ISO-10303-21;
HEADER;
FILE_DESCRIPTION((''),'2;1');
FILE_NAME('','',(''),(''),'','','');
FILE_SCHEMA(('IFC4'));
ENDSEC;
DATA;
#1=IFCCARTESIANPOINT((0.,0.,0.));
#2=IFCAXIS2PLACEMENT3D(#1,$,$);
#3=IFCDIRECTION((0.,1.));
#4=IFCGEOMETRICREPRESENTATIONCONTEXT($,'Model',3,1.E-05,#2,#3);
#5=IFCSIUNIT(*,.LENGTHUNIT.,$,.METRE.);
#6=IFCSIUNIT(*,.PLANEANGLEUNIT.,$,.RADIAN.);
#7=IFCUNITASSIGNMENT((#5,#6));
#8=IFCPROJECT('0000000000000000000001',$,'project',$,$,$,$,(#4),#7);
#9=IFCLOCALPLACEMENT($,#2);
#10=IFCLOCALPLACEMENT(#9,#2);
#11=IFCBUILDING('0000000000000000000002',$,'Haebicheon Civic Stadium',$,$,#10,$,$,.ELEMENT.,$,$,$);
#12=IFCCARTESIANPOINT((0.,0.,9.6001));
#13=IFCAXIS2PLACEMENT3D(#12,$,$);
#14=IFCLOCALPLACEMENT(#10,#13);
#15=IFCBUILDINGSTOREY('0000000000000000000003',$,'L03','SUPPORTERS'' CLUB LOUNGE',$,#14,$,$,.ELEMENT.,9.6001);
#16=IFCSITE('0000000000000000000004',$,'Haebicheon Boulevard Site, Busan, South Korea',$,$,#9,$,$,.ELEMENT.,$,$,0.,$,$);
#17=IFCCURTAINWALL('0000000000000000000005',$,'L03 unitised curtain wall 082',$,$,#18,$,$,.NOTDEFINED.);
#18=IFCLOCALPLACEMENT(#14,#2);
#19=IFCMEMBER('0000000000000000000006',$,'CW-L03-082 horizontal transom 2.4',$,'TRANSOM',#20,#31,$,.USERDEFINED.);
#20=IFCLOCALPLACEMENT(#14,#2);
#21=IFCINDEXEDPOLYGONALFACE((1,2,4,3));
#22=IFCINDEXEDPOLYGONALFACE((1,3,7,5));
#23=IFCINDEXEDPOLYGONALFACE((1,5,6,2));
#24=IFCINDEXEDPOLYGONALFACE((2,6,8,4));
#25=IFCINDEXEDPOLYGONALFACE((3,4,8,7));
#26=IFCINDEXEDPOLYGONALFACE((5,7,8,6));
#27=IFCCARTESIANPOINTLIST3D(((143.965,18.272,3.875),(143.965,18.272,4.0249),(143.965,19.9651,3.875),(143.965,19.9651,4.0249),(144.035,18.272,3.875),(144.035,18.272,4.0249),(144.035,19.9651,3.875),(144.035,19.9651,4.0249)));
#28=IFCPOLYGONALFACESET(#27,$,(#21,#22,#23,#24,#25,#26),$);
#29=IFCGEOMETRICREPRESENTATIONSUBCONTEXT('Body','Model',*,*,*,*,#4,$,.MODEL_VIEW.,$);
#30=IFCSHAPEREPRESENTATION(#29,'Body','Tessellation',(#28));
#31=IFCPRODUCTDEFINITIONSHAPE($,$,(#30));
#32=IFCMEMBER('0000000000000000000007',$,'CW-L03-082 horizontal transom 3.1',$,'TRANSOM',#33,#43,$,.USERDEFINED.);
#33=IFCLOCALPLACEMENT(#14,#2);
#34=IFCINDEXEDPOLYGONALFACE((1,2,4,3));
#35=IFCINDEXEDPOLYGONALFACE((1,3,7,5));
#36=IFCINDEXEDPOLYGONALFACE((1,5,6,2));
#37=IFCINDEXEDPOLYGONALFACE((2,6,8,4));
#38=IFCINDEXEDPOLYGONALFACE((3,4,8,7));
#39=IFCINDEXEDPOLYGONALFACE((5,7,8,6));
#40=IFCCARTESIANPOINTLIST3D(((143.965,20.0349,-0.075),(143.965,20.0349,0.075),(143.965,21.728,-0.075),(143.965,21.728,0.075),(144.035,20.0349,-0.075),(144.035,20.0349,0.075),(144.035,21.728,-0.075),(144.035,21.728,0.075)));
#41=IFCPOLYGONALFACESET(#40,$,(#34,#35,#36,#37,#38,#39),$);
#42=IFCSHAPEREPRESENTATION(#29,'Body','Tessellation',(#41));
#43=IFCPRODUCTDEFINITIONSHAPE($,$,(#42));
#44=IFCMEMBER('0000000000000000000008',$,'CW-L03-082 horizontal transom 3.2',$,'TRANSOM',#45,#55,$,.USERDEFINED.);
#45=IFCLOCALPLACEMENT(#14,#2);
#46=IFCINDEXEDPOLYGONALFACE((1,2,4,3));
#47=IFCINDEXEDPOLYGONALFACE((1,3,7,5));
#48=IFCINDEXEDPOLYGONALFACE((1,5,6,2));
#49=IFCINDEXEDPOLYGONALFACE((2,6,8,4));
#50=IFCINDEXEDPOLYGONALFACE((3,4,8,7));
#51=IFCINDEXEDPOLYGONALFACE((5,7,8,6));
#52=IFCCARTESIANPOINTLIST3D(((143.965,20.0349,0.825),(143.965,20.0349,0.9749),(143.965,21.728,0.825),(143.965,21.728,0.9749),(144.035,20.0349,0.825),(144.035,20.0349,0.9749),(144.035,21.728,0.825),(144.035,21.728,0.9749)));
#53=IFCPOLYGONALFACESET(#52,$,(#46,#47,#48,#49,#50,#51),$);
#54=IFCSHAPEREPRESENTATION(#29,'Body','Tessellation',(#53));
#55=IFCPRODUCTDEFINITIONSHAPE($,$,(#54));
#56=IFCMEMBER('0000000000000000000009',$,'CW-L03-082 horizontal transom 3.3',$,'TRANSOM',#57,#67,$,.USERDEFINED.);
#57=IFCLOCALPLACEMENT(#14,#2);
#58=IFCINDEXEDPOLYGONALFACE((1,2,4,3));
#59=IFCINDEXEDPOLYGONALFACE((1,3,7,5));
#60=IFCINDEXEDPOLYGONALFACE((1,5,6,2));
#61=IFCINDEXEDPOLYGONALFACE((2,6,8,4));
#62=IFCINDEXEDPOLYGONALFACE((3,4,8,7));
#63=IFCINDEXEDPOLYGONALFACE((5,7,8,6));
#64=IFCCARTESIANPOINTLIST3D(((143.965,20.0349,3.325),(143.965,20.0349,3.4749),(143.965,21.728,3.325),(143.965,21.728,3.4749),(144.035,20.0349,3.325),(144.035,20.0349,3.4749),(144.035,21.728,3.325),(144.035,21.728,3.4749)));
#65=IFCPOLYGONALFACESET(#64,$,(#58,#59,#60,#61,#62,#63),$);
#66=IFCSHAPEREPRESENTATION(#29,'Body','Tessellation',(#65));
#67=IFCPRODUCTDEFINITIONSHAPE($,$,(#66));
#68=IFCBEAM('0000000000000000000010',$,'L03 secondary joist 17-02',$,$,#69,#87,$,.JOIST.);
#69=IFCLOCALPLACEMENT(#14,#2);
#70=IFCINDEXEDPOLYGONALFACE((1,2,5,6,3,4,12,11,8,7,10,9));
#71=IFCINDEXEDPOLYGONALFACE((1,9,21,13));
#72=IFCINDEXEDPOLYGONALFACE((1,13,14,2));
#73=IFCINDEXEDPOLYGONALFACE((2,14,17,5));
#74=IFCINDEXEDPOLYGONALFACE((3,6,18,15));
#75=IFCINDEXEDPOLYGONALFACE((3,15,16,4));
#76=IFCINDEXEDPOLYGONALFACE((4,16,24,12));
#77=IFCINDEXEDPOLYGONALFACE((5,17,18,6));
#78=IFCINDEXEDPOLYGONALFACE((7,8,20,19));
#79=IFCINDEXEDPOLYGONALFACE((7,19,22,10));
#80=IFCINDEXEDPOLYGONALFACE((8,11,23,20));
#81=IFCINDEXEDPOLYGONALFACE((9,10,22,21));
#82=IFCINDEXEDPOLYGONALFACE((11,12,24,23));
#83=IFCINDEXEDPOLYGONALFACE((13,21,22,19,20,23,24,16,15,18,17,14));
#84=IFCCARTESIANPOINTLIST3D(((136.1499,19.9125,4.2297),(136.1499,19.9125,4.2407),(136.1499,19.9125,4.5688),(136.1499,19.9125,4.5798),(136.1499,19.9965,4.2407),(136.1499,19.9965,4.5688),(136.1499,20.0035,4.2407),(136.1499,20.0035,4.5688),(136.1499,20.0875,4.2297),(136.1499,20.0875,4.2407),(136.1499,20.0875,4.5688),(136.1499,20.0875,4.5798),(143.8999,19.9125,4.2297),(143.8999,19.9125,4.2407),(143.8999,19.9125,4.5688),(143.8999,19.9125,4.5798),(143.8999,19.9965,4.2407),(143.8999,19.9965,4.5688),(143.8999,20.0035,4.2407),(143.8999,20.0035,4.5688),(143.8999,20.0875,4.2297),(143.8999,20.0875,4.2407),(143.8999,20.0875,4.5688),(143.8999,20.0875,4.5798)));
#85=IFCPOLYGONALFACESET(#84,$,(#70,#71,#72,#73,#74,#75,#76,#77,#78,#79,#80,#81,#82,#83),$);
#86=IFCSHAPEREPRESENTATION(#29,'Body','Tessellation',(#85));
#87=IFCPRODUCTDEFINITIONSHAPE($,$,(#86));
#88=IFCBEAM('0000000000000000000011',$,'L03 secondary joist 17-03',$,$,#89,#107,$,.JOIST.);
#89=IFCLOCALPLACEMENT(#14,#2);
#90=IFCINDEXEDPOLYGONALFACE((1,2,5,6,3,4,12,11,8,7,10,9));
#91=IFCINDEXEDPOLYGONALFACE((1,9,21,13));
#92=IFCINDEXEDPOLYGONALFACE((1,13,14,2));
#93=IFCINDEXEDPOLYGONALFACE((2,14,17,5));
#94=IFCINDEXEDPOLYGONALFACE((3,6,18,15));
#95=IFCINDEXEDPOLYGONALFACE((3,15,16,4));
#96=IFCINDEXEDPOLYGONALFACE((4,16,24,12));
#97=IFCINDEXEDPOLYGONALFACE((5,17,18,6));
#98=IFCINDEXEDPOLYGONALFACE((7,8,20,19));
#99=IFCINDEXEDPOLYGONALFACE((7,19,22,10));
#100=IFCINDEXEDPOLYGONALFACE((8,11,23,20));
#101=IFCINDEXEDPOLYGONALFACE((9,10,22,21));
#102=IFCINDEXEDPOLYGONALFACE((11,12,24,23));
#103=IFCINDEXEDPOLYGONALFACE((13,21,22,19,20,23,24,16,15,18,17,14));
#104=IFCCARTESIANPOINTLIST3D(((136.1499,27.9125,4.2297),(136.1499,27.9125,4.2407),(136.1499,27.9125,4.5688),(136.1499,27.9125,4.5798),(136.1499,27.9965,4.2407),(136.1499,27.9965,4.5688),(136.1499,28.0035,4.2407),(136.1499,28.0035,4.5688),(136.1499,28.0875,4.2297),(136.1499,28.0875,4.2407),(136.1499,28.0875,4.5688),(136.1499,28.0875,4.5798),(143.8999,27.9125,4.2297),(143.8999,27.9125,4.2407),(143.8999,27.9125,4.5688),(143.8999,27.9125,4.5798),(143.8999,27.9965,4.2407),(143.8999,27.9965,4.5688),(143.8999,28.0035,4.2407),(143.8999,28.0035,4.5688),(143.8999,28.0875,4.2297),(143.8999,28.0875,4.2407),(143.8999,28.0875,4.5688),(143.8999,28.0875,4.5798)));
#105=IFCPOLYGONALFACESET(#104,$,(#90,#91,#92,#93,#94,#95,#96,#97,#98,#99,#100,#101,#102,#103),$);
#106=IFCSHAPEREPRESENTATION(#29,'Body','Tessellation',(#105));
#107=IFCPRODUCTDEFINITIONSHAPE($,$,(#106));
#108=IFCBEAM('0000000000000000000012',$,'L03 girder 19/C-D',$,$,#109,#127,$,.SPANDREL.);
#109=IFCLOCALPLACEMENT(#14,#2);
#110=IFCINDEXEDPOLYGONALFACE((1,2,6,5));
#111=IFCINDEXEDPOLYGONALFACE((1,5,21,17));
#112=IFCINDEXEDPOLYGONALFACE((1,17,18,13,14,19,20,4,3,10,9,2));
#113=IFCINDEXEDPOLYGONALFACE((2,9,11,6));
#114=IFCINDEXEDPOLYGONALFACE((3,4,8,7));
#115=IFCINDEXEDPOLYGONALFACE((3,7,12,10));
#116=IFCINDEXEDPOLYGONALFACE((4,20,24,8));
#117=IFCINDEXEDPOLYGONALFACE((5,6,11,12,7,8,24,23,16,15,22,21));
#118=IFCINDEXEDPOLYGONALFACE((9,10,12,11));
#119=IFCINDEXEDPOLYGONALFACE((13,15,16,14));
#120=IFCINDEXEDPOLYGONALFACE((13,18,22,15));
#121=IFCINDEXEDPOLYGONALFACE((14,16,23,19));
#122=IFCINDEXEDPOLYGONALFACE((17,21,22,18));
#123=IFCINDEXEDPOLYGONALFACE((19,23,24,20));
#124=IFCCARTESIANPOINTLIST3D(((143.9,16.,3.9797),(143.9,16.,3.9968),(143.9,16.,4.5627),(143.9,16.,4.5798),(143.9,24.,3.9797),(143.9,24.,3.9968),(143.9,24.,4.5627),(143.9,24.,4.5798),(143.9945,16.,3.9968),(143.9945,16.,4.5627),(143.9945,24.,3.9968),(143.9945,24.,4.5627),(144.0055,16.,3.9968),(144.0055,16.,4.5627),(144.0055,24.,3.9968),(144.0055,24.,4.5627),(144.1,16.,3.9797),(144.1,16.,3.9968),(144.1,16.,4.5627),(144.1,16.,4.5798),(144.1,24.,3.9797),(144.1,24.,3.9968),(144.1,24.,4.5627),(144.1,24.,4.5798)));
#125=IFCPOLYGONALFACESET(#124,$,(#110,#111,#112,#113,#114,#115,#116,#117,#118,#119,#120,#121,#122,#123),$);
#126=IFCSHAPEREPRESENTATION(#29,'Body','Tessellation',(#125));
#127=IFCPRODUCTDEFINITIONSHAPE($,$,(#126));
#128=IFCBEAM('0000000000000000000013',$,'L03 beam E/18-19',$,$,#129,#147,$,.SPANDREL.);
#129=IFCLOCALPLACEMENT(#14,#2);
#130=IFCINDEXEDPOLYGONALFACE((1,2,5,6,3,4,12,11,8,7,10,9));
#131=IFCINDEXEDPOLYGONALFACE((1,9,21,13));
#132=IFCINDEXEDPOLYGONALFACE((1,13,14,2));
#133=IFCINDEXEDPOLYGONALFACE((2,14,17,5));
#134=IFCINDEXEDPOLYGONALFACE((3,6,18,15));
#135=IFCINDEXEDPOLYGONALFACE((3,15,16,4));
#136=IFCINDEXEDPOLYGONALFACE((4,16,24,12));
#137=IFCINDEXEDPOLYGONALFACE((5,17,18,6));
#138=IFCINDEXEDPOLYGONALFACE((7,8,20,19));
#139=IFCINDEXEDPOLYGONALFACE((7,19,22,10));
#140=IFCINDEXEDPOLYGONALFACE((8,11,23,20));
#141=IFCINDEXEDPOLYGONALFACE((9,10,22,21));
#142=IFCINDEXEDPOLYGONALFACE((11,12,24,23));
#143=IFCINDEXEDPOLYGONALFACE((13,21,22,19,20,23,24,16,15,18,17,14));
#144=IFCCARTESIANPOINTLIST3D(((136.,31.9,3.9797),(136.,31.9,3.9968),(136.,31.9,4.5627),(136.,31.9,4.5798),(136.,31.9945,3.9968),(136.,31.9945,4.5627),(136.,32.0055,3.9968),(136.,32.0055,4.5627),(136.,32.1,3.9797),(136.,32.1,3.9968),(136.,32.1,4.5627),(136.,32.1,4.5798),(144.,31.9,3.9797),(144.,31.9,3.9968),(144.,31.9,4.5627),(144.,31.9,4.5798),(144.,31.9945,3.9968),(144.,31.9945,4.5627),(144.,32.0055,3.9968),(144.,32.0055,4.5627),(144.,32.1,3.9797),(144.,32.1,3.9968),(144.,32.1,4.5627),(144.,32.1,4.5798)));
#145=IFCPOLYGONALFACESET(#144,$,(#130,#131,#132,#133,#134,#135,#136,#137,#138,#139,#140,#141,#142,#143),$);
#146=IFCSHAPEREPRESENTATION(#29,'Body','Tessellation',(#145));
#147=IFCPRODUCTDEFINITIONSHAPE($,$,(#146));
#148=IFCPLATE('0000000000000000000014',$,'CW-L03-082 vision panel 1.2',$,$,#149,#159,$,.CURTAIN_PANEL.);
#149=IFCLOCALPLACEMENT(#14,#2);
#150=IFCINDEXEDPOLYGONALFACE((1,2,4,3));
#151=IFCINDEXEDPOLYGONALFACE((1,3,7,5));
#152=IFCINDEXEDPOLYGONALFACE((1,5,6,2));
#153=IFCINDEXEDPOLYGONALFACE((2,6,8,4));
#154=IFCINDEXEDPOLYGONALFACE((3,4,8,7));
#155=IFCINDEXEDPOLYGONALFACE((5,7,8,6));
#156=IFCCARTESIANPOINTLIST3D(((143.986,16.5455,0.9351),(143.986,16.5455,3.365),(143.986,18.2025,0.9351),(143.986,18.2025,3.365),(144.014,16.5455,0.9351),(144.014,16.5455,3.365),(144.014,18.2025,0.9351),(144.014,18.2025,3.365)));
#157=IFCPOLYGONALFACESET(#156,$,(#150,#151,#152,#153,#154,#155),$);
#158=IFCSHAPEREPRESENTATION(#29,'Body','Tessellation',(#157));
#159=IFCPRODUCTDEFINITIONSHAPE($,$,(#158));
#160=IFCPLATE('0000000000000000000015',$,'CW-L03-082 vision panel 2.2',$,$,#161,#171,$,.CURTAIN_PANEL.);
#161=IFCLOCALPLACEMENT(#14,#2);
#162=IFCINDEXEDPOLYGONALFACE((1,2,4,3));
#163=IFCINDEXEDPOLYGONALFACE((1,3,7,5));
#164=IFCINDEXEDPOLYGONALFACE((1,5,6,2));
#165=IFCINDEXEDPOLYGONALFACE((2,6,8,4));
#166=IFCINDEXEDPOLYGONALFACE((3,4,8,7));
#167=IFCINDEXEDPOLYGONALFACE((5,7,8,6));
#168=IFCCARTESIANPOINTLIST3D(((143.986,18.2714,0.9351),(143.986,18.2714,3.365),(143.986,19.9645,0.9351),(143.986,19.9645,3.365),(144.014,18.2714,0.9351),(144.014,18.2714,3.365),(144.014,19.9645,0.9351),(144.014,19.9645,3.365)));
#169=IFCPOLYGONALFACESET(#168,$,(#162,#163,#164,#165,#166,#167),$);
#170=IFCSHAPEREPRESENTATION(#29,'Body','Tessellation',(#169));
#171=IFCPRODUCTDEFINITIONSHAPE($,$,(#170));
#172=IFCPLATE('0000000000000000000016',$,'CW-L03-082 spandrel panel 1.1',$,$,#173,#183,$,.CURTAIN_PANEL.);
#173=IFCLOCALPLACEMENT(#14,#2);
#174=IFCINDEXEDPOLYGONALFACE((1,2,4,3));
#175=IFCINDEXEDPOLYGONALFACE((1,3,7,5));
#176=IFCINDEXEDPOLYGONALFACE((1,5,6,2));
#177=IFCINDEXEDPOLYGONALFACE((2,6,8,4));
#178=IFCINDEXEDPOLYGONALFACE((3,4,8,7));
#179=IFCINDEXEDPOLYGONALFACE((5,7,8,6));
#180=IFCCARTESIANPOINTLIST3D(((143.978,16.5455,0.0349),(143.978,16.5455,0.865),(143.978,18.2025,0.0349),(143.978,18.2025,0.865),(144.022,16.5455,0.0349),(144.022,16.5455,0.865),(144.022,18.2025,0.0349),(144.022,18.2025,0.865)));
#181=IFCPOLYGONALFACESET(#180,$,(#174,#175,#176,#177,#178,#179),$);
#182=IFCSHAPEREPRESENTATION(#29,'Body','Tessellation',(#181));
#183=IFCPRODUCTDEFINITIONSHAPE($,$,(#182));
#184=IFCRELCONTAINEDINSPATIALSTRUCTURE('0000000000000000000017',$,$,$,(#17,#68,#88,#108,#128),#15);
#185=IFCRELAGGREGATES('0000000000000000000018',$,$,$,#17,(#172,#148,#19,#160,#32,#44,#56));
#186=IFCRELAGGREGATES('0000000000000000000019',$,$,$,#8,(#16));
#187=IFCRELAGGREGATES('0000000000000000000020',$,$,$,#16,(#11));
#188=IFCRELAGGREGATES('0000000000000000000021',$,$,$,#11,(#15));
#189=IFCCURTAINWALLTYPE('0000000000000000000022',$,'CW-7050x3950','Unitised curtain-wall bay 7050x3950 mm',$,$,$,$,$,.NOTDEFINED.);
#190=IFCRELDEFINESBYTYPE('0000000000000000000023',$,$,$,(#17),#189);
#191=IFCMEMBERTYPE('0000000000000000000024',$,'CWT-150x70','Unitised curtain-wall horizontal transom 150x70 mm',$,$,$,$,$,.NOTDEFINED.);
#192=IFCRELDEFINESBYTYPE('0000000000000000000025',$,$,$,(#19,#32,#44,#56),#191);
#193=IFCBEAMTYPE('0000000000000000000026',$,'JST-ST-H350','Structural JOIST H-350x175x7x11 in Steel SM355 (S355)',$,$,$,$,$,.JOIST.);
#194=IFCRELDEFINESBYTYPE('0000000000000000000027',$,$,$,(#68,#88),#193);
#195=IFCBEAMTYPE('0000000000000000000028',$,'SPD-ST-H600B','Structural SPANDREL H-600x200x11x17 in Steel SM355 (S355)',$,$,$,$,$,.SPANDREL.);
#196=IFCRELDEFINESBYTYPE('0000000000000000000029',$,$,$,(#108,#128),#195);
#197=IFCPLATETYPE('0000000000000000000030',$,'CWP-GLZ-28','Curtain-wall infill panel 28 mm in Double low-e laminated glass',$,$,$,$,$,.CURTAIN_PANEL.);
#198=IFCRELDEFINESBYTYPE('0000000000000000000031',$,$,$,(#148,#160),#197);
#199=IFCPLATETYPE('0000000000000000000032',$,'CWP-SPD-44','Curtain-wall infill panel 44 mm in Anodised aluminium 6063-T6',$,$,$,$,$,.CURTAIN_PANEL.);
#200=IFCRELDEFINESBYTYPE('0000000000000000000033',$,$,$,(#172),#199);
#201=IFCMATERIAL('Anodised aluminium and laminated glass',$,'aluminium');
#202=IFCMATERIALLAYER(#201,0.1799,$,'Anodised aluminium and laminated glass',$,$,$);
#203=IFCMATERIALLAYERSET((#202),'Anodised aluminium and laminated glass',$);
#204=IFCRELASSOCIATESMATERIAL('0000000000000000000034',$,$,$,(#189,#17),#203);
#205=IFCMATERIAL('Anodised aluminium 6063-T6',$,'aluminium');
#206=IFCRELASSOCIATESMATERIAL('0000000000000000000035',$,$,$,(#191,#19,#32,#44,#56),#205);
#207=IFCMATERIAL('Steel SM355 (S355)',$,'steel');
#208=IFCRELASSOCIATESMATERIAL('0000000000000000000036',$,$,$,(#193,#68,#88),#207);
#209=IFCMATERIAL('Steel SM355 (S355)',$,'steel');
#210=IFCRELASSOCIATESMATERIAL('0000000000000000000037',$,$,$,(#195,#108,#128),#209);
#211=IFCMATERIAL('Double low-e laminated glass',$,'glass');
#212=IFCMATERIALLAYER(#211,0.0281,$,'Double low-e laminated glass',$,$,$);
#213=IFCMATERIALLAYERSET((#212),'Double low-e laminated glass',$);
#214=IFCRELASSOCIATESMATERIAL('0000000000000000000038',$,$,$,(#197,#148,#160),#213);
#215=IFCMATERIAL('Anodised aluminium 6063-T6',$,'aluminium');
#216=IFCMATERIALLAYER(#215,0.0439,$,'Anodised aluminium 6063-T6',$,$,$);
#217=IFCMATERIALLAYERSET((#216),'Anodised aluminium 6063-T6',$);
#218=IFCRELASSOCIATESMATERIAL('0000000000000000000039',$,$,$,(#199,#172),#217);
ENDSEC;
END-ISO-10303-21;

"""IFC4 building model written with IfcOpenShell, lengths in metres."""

from ifc_helpers import new_model, si_unit, direction, frame, origin, origin_2d, place, context, subcontext, project, spatial, rectangle, i_section, extrude, material, layer, layer_set, material_profile, profile_set, type_object, element, aggregate, save


model = new_model("IFC4")

# Units and contexts
model_context = context("Model", 3, precision=1e-05, world=origin(), true_north=direction((0.0, 1.0)))
body_context = subcontext(model_context, "Body", "Model", "MODEL_VIEW")
ifc_project = project(units=[si_unit("LENGTHUNIT", "METRE"), si_unit("PLANEANGLEUNIT", "RADIAN")], contexts=[model_context])

# Site, building, storey
site_placement = place(None, origin())
site = spatial("IfcSite", under=ifc_project, at=site_placement, Name="Haebicheon Boulevard Site, Busan, South Korea", CompositionType="ELEMENT", RefElevation=0.0)
building_placement = place(site_placement, origin())
building = spatial("IfcBuilding", under=site, at=building_placement, Name="Haebicheon Civic Stadium", CompositionType="ELEMENT")
storey_placement = place(building_placement, frame((0.0, 0.0, 9.6001)))
storey = spatial("IfcBuildingStorey", under=building, at=storey_placement, Name="L03", Description="SUPPORTERS' CLUB LOUNGE", CompositionType="ELEMENT", Elevation=9.6001)

# Curtain wall, members
ifc_material_1 = material(Name="Anodised aluminium and laminated glass", Category="aluminium")
ifc_layer_1 = layer(ifc_material_1, 0.1799, Name="Anodised aluminium and laminated glass")
ifc_layer_set_1 = layer_set([ifc_layer_1], Name="Anodised aluminium and laminated glass")
curtain_wall_type = type_object("IfcCurtainWallType", Name="CW-7050x3950", Description="Unitised curtain-wall bay 7050x3950 mm", PredefinedType="NOTDEFINED", material=ifc_layer_set_1)
curtain_wall_placement = place(storey_placement, origin())
curtain_wall = element("IfcCurtainWall", 1, at=curtain_wall_placement, inside=storey, type_object=curtain_wall_type, material=ifc_layer_set_1, Name="L03 unitised curtain wall 082", PredefinedType="NOTDEFINED")
ifc_material_2 = material(Name="Anodised aluminium 6063-T6", Category="aluminium")
ifc_material_profile_1 = material_profile(ifc_material_2, rectangle(XDim=0.0701, YDim=0.1499, at=origin_2d()), Name="ALU-TRAN-70x150")
ifc_profile_set_1 = profile_set([ifc_material_profile_1], Name="Anodised aluminium 6063-T6")
member_type_1 = type_object("IfcMemberType", Name="CWT-150x70", Description="Unitised curtain-wall horizontal transom 150x70 mm", PredefinedType="NOTDEFINED", material=ifc_profile_set_1)
member_1_placement = place(storey_placement, frame((144.0, 18.272, 3.95), z_axis=(0.0, 1.0, 0.0), x_axis=(-1.0, 0.0, 0.0)))
member_1 = element("IfcMember", 2, at=member_1_placement, type_object=member_type_1, material=ifc_profile_set_1, Name="CW-L03-082 horizontal transom 2.4", ObjectType="TRANSOM", PredefinedType="USERDEFINED", context=body_context, shape_type="SweptSolid", body=[
    extrude(rectangle(XDim=0.0701, YDim=0.1499, at=origin_2d()), origin(), (0.0, 0.0, 1.0), 1.6931),
])
member_2_placement = place(storey_placement, frame((144.0, 20.0349, 0.0), z_axis=(0.0, 1.0, 0.0), x_axis=(-1.0, 0.0, 0.0)))
member_2 = element("IfcMember", 3, at=member_2_placement, type_object=member_type_1, material=ifc_profile_set_1, Name="CW-L03-082 horizontal transom 3.1", ObjectType="TRANSOM", PredefinedType="USERDEFINED", context=body_context, shape_type="SweptSolid", body=[
    extrude(rectangle(XDim=0.0701, YDim=0.1499, at=origin_2d()), origin(), (0.0, 0.0, 1.0), 1.6931),
])
member_3_placement = place(storey_placement, frame((144.0, 20.0349, 0.8999), z_axis=(0.0, 1.0, 0.0), x_axis=(-1.0, 0.0, 0.0)))
member_3 = element("IfcMember", 4, at=member_3_placement, type_object=member_type_1, material=ifc_profile_set_1, Name="CW-L03-082 horizontal transom 3.2", ObjectType="TRANSOM", PredefinedType="USERDEFINED", context=body_context, shape_type="SweptSolid", body=[
    extrude(rectangle(XDim=0.0701, YDim=0.1499, at=origin_2d()), origin(), (0.0, 0.0, 1.0), 1.6931),
])
member_4_placement = place(storey_placement, frame((144.0, 20.0349, 3.3999), z_axis=(0.0, 1.0, 0.0), x_axis=(-1.0, 0.0, 0.0)))
member_4 = element("IfcMember", 5, at=member_4_placement, type_object=member_type_1, material=ifc_profile_set_1, Name="CW-L03-082 horizontal transom 3.3", ObjectType="TRANSOM", PredefinedType="USERDEFINED", context=body_context, shape_type="SweptSolid", body=[
    extrude(rectangle(XDim=0.0701, YDim=0.1499, at=origin_2d()), origin(), (0.0, 0.0, 1.0), 1.6931),
])

# Beams
ifc_material_3 = material(Name="Steel SM355 (S355)", Category="steel")
ifc_material_profile_2 = material_profile(ifc_material_3, i_section(OverallWidth=0.175, OverallDepth=0.3501, WebThickness=0.0071, FlangeThickness=0.011, at=origin_2d()), Name="H-350x175x7x11")
ifc_profile_set_2 = profile_set([ifc_material_profile_2], Name="Steel SM355 (S355)")
beam_type_1 = type_object("IfcBeamType", Name="JST-ST-H350", Description="Structural JOIST H-350x175x7x11 in Steel SM355 (S355)", PredefinedType="JOIST", material=ifc_profile_set_2)
for number, where, z_axis, x_axis, name in (
    (6, (136.1499, 20.0, 4.4048), (1.0, 0.0, 0.0), (0.0, 1.0, 0.0), "L03 secondary joist 17-02"),
    (7, (136.1499, 28.0, 4.4048), (1.0, 0.0, 0.0), (0.0, 1.0, 0.0), "L03 secondary joist 17-03"),
):
    element("IfcBeam", number, at=place(storey_placement, frame(where, z_axis=z_axis, x_axis=x_axis)), inside=storey, type_object=beam_type_1, material=ifc_profile_set_2, Name=name, PredefinedType="JOIST", context=body_context, shape_type="SweptSolid", body=[
        extrude(i_section(OverallWidth=0.175, OverallDepth=0.3501, WebThickness=0.0071, FlangeThickness=0.011, at=origin_2d()), origin(), (0.0, 0.0, 1.0), 7.75),
    ])
ifc_material_4 = material(Name="Steel SM355 (S355)", Category="steel")
ifc_material_profile_3 = material_profile(ifc_material_4, i_section(OverallWidth=0.2, OverallDepth=0.6001, WebThickness=0.011, FlangeThickness=0.0171, at=origin_2d()), Name="H-600x200x11x17")
ifc_profile_set_3 = profile_set([ifc_material_profile_3], Name="Steel SM355 (S355)")
beam_type_2 = type_object("IfcBeamType", Name="SPD-ST-H600B", Description="Structural SPANDREL H-600x200x11x17 in Steel SM355 (S355)", PredefinedType="SPANDREL", material=ifc_profile_set_3)
for number, where, z_axis, x_axis, name in (
    (8, (144.0, 16.0, 4.2798), (0.0, 1.0, 0.0), (-1.0, 0.0, 0.0), "L03 girder 19/C-D"),
    (9, (136.0, 32.0, 4.2798), (1.0, 0.0, 0.0), (0.0, 1.0, 0.0), "L03 beam E/18-19"),
):
    element("IfcBeam", number, at=place(storey_placement, frame(where, z_axis=z_axis, x_axis=x_axis)), inside=storey, type_object=beam_type_2, material=ifc_profile_set_3, Name=name, PredefinedType="SPANDREL", context=body_context, shape_type="SweptSolid", body=[
        extrude(i_section(OverallWidth=0.2, OverallDepth=0.6001, WebThickness=0.011, FlangeThickness=0.0171, at=origin_2d()), origin(), (0.0, 0.0, 1.0), 8.0),
    ])

# Plates
ifc_material_5 = material(Name="Double low-e laminated glass", Category="glass")
ifc_layer_2 = layer(ifc_material_5, 0.0281, Name="Double low-e laminated glass")
ifc_layer_set_2 = layer_set([ifc_layer_2], Name="Double low-e laminated glass")
plate_type_1 = type_object("IfcPlateType", Name="CWP-GLZ-28", Description="Curtain-wall infill panel 28 mm in Double low-e laminated glass", PredefinedType="CURTAIN_PANEL", material=ifc_layer_set_2)
plate_1_placement = place(storey_placement, frame((144.0, 17.374, 0.9351), z_axis=(0.0, 0.0, 1.0), x_axis=(0.0, 1.0, 0.0)))
plate_1 = element("IfcPlate", 10, at=plate_1_placement, type_object=plate_type_1, material=ifc_layer_set_2, Name="CW-L03-082 vision panel 1.2", PredefinedType="CURTAIN_PANEL", context=body_context, shape_type="SweptSolid", body=[
    extrude(rectangle(XDim=1.657, YDim=0.0281, at=origin_2d()), origin(), (0.0, 0.0, 1.0), 2.4299),
])
plate_2_placement = place(storey_placement, frame((144.0, 19.1179, 0.9351), z_axis=(0.0, 0.0, 1.0), x_axis=(0.0, 1.0, 0.0)))
plate_2 = element("IfcPlate", 11, at=plate_2_placement, type_object=plate_type_1, material=ifc_layer_set_2, Name="CW-L03-082 vision panel 2.2", PredefinedType="CURTAIN_PANEL", context=body_context, shape_type="SweptSolid", body=[
    extrude(rectangle(XDim=1.6931, YDim=0.0281, at=origin_2d()), origin(), (0.0, 0.0, 1.0), 2.4299),
])
ifc_material_6 = material(Name="Anodised aluminium 6063-T6", Category="aluminium")
ifc_layer_3 = layer(ifc_material_6, 0.0439, Name="Anodised aluminium 6063-T6")
ifc_layer_set_3 = layer_set([ifc_layer_3], Name="Anodised aluminium 6063-T6")
plate_type_2 = type_object("IfcPlateType", Name="CWP-SPD-44", Description="Curtain-wall infill panel 44 mm in Anodised aluminium 6063-T6", PredefinedType="CURTAIN_PANEL", material=ifc_layer_set_3)
plate_3_placement = place(storey_placement, frame((144.0, 17.374, 0.0349), z_axis=(0.0, 0.0, 1.0), x_axis=(0.0, 1.0, 0.0)))
plate_3 = element("IfcPlate", 12, at=plate_3_placement, type_object=plate_type_2, material=ifc_layer_set_3, Name="CW-L03-082 spandrel panel 1.1", PredefinedType="CURTAIN_PANEL", context=body_context, shape_type="SweptSolid", body=[
    extrude(rectangle(XDim=1.657, YDim=0.0439, at=origin_2d()), origin(), (0.0, 0.0, 1.0), 0.8301),
])
aggregate(curtain_wall, [plate_3, plate_1, member_1, plate_2, member_2, member_3, member_4])

save(model, "model.ifc")
